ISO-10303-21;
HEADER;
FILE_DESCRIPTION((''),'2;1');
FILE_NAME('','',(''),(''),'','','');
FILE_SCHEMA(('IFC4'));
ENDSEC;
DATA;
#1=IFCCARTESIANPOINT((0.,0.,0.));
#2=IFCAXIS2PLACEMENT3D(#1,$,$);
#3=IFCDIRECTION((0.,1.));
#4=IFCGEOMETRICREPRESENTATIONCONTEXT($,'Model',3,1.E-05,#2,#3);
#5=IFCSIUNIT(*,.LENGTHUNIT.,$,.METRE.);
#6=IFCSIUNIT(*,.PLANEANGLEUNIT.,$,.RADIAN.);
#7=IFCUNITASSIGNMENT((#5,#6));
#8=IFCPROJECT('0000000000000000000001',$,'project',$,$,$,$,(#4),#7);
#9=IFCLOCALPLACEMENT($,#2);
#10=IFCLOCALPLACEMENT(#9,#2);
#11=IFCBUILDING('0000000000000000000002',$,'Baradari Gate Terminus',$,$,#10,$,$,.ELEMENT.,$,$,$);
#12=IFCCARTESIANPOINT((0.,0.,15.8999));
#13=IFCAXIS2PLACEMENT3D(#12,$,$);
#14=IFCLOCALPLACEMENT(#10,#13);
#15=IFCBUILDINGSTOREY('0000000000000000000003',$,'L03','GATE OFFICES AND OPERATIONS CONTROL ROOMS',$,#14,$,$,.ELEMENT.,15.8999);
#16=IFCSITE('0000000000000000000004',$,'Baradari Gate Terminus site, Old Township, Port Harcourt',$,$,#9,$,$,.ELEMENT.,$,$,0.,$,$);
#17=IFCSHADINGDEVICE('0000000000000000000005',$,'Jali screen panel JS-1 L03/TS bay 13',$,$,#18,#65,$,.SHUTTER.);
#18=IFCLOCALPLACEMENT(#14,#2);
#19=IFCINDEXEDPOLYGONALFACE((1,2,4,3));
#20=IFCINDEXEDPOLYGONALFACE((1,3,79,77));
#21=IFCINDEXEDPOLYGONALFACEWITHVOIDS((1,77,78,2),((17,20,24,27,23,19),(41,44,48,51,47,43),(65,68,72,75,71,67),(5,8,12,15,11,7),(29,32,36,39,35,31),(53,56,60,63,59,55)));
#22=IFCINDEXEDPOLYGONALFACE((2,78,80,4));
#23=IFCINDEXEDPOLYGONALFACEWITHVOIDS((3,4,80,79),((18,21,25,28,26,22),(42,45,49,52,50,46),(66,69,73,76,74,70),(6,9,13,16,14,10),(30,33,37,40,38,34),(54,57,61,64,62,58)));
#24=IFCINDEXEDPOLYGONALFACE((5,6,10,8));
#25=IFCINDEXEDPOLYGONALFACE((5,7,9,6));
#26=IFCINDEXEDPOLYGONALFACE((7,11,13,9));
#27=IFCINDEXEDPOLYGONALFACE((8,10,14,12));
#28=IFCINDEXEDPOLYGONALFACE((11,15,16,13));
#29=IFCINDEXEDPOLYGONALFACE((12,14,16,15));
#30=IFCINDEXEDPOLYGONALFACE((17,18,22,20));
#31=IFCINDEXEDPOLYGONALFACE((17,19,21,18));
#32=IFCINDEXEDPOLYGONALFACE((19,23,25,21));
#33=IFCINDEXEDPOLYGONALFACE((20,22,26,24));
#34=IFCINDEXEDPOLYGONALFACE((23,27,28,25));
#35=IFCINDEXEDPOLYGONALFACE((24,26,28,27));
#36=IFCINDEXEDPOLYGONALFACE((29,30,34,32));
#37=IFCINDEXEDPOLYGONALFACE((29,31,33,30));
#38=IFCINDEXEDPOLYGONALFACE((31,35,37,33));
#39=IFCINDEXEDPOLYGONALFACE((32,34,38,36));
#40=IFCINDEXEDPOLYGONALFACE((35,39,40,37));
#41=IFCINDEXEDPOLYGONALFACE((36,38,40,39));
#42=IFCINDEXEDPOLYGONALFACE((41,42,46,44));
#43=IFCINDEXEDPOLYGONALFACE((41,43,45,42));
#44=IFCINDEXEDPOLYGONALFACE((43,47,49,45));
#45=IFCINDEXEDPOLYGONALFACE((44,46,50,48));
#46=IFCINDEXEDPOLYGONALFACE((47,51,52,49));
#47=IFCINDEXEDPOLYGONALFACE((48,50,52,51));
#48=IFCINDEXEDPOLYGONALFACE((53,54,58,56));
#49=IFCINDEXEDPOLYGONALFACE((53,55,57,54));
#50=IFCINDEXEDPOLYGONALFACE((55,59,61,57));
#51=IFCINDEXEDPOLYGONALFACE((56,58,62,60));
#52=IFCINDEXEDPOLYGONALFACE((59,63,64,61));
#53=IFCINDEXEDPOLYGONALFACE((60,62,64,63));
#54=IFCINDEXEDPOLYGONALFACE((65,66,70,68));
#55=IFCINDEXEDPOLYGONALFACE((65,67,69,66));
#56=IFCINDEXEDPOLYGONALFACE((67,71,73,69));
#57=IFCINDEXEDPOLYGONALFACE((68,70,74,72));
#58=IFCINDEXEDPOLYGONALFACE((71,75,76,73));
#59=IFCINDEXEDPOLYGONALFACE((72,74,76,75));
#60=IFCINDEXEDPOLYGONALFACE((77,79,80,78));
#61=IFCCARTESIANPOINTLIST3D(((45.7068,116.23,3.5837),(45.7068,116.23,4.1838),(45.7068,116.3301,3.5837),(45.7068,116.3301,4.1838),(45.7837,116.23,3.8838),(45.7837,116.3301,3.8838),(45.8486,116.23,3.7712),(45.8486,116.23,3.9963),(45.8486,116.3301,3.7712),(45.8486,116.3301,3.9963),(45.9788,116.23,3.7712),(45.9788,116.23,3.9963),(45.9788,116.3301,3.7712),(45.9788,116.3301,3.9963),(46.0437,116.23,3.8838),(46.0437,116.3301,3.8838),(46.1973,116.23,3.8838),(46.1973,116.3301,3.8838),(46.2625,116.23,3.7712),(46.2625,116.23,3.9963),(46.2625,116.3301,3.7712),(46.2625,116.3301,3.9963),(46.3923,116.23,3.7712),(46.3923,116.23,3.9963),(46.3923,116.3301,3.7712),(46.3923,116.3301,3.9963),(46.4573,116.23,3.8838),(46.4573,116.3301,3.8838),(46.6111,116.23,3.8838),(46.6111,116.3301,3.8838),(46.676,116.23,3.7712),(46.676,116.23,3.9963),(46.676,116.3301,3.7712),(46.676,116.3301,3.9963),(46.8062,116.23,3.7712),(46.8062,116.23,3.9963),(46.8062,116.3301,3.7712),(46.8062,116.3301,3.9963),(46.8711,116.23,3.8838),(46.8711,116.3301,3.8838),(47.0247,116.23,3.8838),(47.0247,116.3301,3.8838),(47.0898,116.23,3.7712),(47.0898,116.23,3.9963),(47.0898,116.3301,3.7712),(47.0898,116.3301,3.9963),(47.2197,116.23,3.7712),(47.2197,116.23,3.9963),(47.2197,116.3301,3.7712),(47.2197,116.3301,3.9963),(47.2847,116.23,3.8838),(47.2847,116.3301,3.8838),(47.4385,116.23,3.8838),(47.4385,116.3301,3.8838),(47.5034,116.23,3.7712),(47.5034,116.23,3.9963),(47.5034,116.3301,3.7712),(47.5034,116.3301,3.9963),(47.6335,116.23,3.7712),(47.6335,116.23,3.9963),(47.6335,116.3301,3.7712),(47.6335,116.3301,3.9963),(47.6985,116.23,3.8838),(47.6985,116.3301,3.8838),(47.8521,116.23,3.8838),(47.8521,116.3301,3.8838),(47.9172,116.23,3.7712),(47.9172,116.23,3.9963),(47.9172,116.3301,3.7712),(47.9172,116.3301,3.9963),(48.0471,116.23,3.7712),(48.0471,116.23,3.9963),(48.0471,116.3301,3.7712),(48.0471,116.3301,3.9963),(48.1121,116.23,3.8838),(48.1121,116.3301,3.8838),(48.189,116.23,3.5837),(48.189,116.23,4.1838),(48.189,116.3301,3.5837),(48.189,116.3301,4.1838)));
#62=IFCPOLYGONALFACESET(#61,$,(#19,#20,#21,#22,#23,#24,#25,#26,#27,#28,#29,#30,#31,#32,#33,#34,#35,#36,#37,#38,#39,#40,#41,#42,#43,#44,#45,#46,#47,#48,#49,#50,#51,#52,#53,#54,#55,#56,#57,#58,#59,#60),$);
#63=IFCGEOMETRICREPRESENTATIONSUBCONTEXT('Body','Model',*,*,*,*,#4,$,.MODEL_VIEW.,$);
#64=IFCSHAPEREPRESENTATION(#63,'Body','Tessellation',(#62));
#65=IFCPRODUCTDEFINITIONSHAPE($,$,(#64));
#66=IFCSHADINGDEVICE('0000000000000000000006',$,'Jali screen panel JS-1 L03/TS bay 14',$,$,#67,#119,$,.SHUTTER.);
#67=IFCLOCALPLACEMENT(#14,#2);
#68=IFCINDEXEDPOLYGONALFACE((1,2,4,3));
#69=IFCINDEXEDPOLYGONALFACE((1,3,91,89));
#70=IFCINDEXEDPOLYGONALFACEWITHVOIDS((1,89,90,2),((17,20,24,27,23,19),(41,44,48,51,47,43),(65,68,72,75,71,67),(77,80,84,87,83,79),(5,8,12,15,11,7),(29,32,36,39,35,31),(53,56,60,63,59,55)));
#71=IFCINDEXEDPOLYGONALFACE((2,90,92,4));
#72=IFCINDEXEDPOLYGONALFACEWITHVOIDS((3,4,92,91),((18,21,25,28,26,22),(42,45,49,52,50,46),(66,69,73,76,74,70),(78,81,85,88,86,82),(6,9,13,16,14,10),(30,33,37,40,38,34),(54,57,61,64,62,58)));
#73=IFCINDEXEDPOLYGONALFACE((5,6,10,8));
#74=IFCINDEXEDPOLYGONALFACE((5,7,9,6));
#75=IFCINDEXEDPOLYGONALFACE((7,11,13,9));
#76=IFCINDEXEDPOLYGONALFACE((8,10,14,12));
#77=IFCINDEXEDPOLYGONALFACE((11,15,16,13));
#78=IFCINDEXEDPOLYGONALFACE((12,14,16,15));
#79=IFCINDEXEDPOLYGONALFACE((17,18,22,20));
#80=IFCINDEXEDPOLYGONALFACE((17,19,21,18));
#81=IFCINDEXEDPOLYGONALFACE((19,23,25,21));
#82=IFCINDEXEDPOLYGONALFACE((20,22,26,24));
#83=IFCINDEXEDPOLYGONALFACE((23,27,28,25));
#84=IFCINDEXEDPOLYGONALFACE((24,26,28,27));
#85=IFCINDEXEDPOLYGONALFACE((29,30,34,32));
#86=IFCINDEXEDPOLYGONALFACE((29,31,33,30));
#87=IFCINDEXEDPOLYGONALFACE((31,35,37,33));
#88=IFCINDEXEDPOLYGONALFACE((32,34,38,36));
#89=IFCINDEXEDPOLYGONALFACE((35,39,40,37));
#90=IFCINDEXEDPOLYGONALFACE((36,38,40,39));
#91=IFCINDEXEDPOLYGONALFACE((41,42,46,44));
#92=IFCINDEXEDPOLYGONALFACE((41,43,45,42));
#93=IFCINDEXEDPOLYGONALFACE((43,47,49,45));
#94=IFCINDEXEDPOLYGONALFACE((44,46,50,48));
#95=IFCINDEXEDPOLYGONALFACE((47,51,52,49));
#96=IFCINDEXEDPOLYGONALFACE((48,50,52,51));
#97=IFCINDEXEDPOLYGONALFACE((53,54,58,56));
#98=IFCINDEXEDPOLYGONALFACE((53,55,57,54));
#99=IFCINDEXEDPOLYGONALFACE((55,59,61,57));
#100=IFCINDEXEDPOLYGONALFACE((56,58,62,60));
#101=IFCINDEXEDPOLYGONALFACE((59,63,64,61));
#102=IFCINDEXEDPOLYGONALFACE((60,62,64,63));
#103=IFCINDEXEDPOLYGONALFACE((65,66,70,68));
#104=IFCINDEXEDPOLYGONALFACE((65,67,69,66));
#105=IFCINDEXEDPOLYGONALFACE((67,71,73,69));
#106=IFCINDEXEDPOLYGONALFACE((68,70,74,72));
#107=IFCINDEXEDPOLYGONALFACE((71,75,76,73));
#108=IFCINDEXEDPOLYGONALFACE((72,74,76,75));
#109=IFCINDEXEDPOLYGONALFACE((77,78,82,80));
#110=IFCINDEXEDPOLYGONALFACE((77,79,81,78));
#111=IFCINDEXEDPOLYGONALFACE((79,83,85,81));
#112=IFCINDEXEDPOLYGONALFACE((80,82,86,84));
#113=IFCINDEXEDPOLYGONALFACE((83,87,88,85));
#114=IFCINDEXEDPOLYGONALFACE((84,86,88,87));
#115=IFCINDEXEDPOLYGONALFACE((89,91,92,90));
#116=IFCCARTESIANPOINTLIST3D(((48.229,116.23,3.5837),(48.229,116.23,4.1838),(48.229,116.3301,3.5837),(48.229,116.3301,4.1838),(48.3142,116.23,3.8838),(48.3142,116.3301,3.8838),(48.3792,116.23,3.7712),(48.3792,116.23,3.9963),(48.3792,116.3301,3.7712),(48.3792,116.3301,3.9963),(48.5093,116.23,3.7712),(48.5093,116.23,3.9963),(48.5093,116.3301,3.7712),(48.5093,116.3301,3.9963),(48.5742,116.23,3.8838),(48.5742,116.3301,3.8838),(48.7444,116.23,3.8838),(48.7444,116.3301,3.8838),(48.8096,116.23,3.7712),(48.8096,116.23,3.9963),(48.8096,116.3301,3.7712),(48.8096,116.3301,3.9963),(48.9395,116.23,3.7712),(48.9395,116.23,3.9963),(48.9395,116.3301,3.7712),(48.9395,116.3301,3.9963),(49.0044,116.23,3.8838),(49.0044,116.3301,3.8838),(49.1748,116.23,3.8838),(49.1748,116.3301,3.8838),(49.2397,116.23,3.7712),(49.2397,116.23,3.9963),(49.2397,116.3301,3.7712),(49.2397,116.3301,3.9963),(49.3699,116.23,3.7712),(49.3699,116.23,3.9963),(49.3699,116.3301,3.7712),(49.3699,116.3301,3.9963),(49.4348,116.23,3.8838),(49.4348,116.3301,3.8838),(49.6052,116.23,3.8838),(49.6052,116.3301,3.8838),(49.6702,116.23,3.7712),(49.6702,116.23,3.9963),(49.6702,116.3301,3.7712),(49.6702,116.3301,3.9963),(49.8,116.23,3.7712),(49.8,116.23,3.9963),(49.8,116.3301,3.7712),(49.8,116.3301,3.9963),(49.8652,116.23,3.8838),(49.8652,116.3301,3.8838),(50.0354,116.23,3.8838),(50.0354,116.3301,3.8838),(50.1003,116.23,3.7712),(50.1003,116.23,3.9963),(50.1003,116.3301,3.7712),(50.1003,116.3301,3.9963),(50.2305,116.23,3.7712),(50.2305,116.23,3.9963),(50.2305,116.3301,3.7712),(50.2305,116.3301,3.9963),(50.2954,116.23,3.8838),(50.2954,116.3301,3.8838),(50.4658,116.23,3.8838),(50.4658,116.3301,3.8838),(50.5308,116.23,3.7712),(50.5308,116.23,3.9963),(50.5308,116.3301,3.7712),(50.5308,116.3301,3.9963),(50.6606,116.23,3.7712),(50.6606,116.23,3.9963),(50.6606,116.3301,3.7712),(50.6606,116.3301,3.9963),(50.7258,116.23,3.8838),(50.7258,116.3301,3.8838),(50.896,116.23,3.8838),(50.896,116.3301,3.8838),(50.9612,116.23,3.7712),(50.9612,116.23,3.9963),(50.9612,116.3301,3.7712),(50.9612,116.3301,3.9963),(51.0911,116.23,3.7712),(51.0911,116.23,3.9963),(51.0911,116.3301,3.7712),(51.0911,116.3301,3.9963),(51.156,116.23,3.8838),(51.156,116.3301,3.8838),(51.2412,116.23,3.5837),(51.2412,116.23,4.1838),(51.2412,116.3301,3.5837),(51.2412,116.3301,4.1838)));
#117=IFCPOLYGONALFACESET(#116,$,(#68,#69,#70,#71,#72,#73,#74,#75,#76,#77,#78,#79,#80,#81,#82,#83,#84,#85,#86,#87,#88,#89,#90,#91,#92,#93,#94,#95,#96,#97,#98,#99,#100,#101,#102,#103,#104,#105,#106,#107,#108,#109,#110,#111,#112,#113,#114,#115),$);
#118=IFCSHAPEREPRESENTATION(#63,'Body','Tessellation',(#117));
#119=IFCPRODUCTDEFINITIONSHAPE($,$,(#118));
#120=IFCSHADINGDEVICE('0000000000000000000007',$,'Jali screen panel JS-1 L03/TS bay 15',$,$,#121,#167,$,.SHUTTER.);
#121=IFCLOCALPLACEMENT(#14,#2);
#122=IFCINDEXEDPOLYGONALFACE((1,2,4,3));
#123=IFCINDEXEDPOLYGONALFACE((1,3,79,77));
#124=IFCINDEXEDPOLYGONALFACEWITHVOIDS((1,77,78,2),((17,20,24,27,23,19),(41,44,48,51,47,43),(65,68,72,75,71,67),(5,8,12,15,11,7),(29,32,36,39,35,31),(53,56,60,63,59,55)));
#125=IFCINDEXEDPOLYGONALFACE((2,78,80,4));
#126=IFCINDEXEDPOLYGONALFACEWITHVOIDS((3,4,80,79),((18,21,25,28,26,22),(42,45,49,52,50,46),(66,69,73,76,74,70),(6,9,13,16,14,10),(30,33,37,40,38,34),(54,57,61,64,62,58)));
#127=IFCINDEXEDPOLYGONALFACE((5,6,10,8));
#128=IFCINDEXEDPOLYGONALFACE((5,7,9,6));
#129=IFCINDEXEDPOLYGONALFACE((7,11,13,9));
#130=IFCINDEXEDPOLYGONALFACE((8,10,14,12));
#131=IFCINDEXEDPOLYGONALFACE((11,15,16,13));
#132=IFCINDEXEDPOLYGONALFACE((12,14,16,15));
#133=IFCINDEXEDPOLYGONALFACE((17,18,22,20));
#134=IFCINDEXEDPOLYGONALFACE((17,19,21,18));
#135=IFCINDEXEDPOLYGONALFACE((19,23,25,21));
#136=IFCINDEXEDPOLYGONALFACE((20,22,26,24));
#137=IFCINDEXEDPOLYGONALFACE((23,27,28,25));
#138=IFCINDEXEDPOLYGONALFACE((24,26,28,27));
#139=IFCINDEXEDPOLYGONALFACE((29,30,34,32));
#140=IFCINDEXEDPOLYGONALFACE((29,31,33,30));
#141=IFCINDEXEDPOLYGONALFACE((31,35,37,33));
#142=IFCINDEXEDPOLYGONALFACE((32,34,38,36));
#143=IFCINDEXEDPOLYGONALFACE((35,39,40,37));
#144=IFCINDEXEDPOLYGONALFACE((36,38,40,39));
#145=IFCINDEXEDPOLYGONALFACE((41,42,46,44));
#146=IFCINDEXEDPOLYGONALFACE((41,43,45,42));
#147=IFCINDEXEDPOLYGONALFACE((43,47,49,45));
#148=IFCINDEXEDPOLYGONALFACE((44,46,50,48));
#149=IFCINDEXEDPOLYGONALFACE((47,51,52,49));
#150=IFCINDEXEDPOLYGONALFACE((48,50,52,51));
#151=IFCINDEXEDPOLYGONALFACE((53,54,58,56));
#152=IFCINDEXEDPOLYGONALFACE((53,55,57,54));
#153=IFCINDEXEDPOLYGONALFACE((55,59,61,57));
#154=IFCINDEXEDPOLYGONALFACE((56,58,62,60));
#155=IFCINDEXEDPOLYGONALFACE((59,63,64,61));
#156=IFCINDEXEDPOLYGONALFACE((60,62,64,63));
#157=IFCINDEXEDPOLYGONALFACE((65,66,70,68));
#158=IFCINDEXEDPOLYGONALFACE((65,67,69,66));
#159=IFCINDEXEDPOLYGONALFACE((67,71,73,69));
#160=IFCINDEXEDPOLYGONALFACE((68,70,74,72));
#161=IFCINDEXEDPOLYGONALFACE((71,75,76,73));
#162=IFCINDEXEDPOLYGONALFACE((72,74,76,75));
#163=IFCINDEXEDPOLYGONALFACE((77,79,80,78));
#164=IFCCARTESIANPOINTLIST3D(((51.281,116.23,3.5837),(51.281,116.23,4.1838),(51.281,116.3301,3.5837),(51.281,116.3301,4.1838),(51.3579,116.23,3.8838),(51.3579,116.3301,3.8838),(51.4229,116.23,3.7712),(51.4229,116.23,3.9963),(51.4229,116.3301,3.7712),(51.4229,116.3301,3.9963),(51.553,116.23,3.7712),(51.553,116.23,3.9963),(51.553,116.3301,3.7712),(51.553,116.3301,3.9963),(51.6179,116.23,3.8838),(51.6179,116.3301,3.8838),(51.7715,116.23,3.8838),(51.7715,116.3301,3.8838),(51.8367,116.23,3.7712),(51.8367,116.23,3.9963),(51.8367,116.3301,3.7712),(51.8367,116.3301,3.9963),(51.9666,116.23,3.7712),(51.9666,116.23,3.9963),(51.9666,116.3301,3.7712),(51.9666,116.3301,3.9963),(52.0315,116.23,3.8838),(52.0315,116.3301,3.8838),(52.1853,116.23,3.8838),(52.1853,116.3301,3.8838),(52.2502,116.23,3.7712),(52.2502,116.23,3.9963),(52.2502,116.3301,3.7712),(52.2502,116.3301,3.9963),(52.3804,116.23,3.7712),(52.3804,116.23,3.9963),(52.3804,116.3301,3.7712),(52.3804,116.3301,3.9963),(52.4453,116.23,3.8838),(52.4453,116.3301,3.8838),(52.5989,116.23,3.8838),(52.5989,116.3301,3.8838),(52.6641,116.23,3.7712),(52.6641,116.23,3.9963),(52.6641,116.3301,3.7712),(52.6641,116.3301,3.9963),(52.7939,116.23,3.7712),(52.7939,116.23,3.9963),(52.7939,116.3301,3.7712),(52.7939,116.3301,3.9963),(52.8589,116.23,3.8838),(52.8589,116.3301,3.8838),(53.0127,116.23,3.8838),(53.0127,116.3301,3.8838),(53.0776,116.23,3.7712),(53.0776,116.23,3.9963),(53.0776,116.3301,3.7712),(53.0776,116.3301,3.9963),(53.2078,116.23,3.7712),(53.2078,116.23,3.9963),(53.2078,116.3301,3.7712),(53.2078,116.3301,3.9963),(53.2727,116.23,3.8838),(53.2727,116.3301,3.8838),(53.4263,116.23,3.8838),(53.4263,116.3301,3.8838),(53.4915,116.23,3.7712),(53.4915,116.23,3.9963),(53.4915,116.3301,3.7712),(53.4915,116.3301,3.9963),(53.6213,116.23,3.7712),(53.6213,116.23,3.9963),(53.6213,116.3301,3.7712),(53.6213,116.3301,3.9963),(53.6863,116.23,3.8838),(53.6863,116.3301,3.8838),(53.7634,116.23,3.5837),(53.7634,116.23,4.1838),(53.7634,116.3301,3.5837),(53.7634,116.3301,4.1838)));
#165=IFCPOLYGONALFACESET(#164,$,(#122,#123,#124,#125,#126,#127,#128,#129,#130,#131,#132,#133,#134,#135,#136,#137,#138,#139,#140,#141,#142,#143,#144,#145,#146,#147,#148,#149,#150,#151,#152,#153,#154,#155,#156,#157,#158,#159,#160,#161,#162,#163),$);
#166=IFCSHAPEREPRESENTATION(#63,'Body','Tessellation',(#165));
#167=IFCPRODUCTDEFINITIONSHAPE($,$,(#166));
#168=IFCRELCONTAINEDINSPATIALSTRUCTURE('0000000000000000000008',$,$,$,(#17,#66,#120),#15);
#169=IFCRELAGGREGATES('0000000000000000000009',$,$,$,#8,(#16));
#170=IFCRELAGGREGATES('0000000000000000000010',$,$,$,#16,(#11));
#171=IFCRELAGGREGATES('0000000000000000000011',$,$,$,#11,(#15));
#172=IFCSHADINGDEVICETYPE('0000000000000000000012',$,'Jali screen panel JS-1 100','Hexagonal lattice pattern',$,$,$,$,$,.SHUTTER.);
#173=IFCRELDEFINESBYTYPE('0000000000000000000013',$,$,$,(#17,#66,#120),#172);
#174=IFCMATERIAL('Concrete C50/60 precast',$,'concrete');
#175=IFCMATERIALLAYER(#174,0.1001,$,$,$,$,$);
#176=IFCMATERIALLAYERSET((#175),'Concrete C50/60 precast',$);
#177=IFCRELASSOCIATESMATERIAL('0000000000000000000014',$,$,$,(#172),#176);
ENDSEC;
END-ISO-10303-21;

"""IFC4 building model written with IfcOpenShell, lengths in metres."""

from ifc_helpers import new_model, si_unit, direction, frame, origin, place, context, subcontext, project, spatial, polyline, outline, extrude, material, layer, layer_set, type_object, element, save


model = new_model("IFC4")

# Units and contexts
model_context = context("Model", 3, precision=1e-05, world=origin(), true_north=direction((0.0, 1.0)))
body_context = subcontext(model_context, "Body", "Model", "MODEL_VIEW")
ifc_project = project(units=[si_unit("LENGTHUNIT", "METRE"), si_unit("PLANEANGLEUNIT", "RADIAN")], contexts=[model_context])

# Site, building, storey
site_placement = place(None, origin())
site = spatial("IfcSite", under=ifc_project, at=site_placement, Name="Baradari Gate Terminus site, Old Township, Port Harcourt", CompositionType="ELEMENT", RefElevation=0.0)
building_placement = place(site_placement, origin())
building = spatial("IfcBuilding", under=site, at=building_placement, Name="Baradari Gate Terminus", CompositionType="ELEMENT")
storey_placement = place(building_placement, frame((0.0, 0.0, 15.8999)))
storey = spatial("IfcBuildingStorey", under=building, at=storey_placement, Name="L03", Description="GATE OFFICES AND OPERATIONS CONTROL ROOMS", CompositionType="ELEMENT", Elevation=15.8999)

# Shading devices
ifc_material_1 = material(Name="Concrete C50/60 precast", Category="concrete")
ifc_layer = layer(ifc_material_1, 0.1001)
ifc_layer_set = layer_set([ifc_layer], Name="Concrete C50/60 precast")
shading_device_type = type_object("IfcShadingDeviceType", Name="Jali screen panel JS-1 100", Description="Hexagonal lattice pattern", PredefinedType="SHUTTER", material=ifc_layer_set)
for number, where, z_axis, x_axis, name in (
    (1, (45.7068, 116.28, 3.5837), (0.0, 0.0, 1.0), (1.0, 0.0, 0.0), "Jali screen panel JS-1 L03/TS bay 13"),
):
    element("IfcShadingDevice", number, at=place(storey_placement, frame(where, z_axis=z_axis, x_axis=x_axis)), inside=storey, type_object=shading_device_type, Name=name, PredefinedType="SHUTTER", context=body_context, shape_type="SweptSolid", body=[
        extrude(outline(polyline([(0.0, 0.0), (2.4822, 0.0), (2.4822, 0.6001), (0.0, 0.6001), (0.0, 0.0)]), holes=[polyline([(0.3369, 0.3), (0.272, 0.1875), (0.1418, 0.1875), (0.0769, 0.3), (0.1418, 0.4126), (0.272, 0.4126), (0.3369, 0.3)]), polyline([(0.7505, 0.3), (0.6855, 0.1875), (0.5557, 0.1875), (0.4905, 0.3), (0.5557, 0.4126), (0.6855, 0.4126), (0.7505, 0.3)]), polyline([(1.1643, 0.3), (1.0994, 0.1875), (0.9692, 0.1875), (0.9043, 0.3), (0.9692, 0.4126), (1.0994, 0.4126), (1.1643, 0.3)]), polyline([(1.5779, 0.3), (1.5129, 0.1875), (1.3831, 0.1875), (1.3179, 0.3), (1.3831, 0.4126), (1.5129, 0.4126), (1.5779, 0.3)]), polyline([(1.9917, 0.3), (1.9268, 0.1875), (1.7966, 0.1875), (1.7317, 0.3), (1.7966, 0.4126), (1.9268, 0.4126), (1.9917, 0.3)]), polyline([(2.4053, 0.3), (2.3403, 0.1875), (2.2104, 0.1875), (2.1453, 0.3), (2.2104, 0.4126), (2.3403, 0.4126), (2.4053, 0.3)])]), frame((0.0, 0.05, 0.0), z_axis=(0.0, -1.0, 0.0), x_axis=(1.0, 0.0, 0.0)), (0.0, 0.0, 1.0), 0.1001),
    ])
shading_device_1_placement = place(storey_placement, frame((48.229, 116.28, 3.5837), z_axis=(0.0, 0.0, 1.0), x_axis=(1.0, 0.0, 0.0)))
element("IfcShadingDevice", 2, at=shading_device_1_placement, inside=storey, type_object=shading_device_type, Name="Jali screen panel JS-1 L03/TS bay 14", PredefinedType="SHUTTER", context=body_context, shape_type="SweptSolid", body=[
    extrude(outline(polyline([(0.0, 0.0), (3.0122, 0.0), (3.0122, 0.6001), (0.0, 0.6001), (0.0, 0.0)]), holes=[polyline([(0.3452, 0.3), (0.2803, 0.1875), (0.1501, 0.1875), (0.0852, 0.3), (0.1501, 0.4126), (0.2803, 0.4126), (0.3452, 0.3)]), polyline([(0.7754, 0.3), (0.7104, 0.1875), (0.5806, 0.1875), (0.5154, 0.3), (0.5806, 0.4126), (0.7104, 0.4126), (0.7754, 0.3)]), polyline([(1.2058, 0.3), (1.1409, 0.1875), (1.0107, 0.1875), (0.9458, 0.3), (1.0107, 0.4126), (1.1409, 0.4126), (1.2058, 0.3)]), polyline([(1.6362, 0.3), (1.571, 0.1875), (1.4412, 0.1875), (1.3762, 0.3), (1.4412, 0.4126), (1.571, 0.4126), (1.6362, 0.3)]), polyline([(2.0664, 0.3), (2.0015, 0.1875), (1.8713, 0.1875), (1.8064, 0.3), (1.8713, 0.4126), (2.0015, 0.4126), (2.0664, 0.3)]), polyline([(2.4968, 0.3), (2.4316, 0.1875), (2.3018, 0.1875), (2.2368, 0.3), (2.3018, 0.4126), (2.4316, 0.4126), (2.4968, 0.3)]), polyline([(2.927, 0.3), (2.8621, 0.1875), (2.7322, 0.1875), (2.667, 0.3), (2.7322, 0.4126), (2.8621, 0.4126), (2.927, 0.3)])]), frame((0.0, 0.05, 0.0), z_axis=(0.0, -1.0, 0.0), x_axis=(1.0, 0.0, 0.0)), (0.0, 0.0, 1.0), 0.1001),
])
shading_device_2_placement = place(storey_placement, frame((51.281, 116.28, 3.5837), z_axis=(0.0, 0.0, 1.0), x_axis=(1.0, 0.0, 0.0)))
element("IfcShadingDevice", 3, at=shading_device_2_placement, inside=storey, type_object=shading_device_type, Name="Jali screen panel JS-1 L03/TS bay 15", PredefinedType="SHUTTER", context=body_context, shape_type="SweptSolid", body=[
    extrude(outline(polyline([(0.0, 0.0), (2.4824, 0.0), (2.4824, 0.6001), (0.0, 0.6001), (0.0, 0.0)]), holes=[polyline([(0.3369, 0.3), (0.272, 0.1875), (0.1418, 0.1875), (0.0769, 0.3), (0.1418, 0.4126), (0.272, 0.4126), (0.3369, 0.3)]), polyline([(0.7505, 0.3), (0.6855, 0.1875), (0.5557, 0.1875), (0.4905, 0.3), (0.5557, 0.4126), (0.6855, 0.4126), (0.7505, 0.3)]), polyline([(1.1643, 0.3), (1.0994, 0.1875), (0.9692, 0.1875), (0.9043, 0.3), (0.9692, 0.4126), (1.0994, 0.4126), (1.1643, 0.3)]), polyline([(1.5779, 0.3), (1.5129, 0.1875), (1.3831, 0.1875), (1.3179, 0.3), (1.3831, 0.4126), (1.5129, 0.4126), (1.5779, 0.3)]), polyline([(1.9917, 0.3), (1.9268, 0.1875), (1.7966, 0.1875), (1.7317, 0.3), (1.7966, 0.4126), (1.9268, 0.4126), (1.9917, 0.3)]), polyline([(2.4053, 0.3), (2.3403, 0.1875), (2.2104, 0.1875), (2.1453, 0.3), (2.2104, 0.4126), (2.3403, 0.4126), (2.4053, 0.3)])]), frame((0.0, 0.05, 0.0), z_axis=(0.0, -1.0, 0.0), x_axis=(1.0, 0.0, 0.0)), (0.0, 0.0, 1.0), 0.1001),
])

save(model, "model.ifc")
